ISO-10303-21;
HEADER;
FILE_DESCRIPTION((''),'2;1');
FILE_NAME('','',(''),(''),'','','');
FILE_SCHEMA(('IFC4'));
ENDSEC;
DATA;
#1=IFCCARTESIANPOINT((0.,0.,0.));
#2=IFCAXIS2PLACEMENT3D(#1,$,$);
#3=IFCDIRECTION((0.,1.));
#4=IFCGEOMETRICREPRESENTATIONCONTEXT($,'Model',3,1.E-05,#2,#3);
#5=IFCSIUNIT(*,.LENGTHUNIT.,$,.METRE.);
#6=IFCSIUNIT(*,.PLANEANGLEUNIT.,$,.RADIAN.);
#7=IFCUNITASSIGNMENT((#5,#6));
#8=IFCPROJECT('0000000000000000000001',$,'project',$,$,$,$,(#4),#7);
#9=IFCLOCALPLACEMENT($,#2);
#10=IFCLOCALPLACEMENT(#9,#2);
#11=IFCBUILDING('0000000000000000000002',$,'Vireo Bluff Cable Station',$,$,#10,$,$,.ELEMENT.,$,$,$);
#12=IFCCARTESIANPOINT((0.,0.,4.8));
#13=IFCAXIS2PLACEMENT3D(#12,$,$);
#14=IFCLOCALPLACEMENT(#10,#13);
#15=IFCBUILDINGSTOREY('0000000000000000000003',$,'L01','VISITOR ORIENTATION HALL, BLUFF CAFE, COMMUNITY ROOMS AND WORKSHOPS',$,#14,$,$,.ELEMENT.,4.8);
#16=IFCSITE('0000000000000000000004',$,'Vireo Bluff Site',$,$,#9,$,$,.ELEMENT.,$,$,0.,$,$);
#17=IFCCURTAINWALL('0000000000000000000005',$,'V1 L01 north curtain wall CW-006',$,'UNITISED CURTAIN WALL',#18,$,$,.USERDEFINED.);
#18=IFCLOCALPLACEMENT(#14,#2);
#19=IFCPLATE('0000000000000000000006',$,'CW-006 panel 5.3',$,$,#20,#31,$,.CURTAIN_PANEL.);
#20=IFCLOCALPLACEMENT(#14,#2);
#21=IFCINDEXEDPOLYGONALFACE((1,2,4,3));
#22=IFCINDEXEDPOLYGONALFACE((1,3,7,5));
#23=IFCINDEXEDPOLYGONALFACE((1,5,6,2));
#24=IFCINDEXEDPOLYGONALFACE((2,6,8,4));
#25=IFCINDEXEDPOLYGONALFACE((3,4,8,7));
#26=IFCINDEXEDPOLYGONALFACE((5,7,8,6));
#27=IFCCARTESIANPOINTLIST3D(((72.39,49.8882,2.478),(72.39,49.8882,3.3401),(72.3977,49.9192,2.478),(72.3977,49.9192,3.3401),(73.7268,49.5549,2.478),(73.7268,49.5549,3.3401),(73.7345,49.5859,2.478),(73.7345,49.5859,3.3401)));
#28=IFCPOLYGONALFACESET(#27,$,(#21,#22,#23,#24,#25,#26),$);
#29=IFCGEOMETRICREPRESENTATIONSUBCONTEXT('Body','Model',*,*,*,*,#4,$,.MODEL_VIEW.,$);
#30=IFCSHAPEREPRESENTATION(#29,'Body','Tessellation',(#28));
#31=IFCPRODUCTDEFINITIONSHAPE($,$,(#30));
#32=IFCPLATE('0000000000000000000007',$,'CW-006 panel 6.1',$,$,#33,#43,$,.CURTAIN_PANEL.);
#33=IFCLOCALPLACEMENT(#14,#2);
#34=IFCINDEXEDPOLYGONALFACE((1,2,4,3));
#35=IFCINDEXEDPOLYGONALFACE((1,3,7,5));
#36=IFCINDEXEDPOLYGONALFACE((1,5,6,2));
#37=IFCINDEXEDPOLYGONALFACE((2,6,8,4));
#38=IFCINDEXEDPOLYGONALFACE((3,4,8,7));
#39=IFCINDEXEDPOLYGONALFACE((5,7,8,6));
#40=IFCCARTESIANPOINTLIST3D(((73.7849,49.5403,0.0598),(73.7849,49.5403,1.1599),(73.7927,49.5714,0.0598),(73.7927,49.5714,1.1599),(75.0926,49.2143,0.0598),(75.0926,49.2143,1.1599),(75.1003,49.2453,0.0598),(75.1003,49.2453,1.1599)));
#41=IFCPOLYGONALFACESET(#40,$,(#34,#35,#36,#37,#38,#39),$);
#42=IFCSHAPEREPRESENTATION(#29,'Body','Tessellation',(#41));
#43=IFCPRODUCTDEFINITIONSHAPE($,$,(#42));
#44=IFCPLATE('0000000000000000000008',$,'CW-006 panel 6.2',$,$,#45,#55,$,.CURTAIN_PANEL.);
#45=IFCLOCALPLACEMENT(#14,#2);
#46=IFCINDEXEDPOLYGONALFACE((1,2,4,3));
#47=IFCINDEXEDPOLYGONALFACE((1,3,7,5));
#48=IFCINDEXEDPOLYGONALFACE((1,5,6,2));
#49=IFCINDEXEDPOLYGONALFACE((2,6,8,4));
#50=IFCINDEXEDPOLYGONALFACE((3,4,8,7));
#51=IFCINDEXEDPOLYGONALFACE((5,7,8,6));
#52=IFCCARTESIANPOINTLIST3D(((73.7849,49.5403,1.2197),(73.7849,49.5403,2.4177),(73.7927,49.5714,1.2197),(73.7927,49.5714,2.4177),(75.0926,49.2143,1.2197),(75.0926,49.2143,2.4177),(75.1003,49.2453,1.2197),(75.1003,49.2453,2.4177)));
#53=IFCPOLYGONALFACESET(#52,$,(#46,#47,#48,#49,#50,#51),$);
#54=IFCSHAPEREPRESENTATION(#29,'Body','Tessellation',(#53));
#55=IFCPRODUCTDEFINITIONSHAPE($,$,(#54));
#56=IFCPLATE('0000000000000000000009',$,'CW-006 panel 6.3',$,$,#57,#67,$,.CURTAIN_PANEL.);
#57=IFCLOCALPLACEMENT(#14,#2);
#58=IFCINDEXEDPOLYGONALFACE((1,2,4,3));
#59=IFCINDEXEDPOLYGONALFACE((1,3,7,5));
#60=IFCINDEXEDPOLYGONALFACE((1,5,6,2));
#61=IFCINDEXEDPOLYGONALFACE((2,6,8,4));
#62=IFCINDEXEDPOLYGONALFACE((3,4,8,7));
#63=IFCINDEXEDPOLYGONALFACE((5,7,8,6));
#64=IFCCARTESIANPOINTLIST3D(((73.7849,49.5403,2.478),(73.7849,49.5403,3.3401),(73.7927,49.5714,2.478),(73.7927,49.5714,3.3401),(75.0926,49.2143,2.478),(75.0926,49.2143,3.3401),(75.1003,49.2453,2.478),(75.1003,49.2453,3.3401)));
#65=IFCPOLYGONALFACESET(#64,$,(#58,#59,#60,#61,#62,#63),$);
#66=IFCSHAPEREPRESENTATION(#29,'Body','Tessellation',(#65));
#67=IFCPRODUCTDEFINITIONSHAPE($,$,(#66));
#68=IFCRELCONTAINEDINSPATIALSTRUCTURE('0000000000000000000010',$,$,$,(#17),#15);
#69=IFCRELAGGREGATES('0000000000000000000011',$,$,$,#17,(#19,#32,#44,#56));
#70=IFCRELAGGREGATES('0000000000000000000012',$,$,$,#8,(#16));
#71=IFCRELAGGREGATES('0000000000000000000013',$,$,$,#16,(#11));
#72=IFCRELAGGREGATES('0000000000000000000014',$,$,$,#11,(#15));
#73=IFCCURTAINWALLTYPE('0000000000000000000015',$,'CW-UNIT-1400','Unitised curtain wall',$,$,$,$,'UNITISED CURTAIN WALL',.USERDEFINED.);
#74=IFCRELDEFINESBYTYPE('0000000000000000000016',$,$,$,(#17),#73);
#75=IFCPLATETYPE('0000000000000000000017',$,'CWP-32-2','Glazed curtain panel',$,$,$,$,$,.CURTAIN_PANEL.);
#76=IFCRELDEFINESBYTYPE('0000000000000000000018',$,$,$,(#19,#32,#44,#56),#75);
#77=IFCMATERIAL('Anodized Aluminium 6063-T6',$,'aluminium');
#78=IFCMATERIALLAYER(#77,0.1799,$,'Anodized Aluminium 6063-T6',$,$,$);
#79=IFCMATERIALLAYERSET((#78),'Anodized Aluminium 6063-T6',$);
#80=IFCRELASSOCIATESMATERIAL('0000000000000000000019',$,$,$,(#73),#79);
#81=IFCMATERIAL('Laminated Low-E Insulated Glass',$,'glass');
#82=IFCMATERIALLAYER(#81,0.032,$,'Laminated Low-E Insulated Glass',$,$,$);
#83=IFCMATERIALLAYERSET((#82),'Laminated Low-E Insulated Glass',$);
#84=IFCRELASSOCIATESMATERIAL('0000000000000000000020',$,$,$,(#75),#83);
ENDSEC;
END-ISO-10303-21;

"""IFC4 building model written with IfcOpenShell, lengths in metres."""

from ifc_helpers import new_model, si_unit, direction, frame, origin, origin_2d, place, context, subcontext, project, spatial, rectangle, extrude, material, layer, layer_set, type_object, element, aggregate, save


model = new_model("IFC4")

# Units and contexts
model_context = context("Model", 3, precision=1e-05, world=origin(), true_north=direction((0.0, 1.0)))
body_context = subcontext(model_context, "Body", "Model", "MODEL_VIEW")
ifc_project = project(units=[si_unit("LENGTHUNIT", "METRE"), si_unit("PLANEANGLEUNIT", "RADIAN")], contexts=[model_context])

# Site, building, storey
site_placement = place(None, origin())
site = spatial("IfcSite", under=ifc_project, at=site_placement, Name="Vireo Bluff Site", CompositionType="ELEMENT", RefElevation=0.0)
building_placement = place(site_placement, origin())
building = spatial("IfcBuilding", under=site, at=building_placement, Name="Vireo Bluff Cable Station", CompositionType="ELEMENT")
storey_placement = place(building_placement, frame((0.0, 0.0, 4.8)))
storey = spatial("IfcBuildingStorey", under=building, at=storey_placement, Name="L01", Description="VISITOR ORIENTATION HALL, BLUFF CAFE, COMMUNITY ROOMS AND WORKSHOPS", CompositionType="ELEMENT", Elevation=4.8)

# Curtain wall
ifc_material_1 = material(Name="Anodized Aluminium 6063-T6", Category="aluminium")
ifc_layer_1 = layer(ifc_material_1, 0.1799, Name="Anodized Aluminium 6063-T6")
ifc_layer_set_1 = layer_set([ifc_layer_1], Name="Anodized Aluminium 6063-T6")
curtain_wall_type_1 = type_object("IfcCurtainWallType", Name="CW-UNIT-1400", Description="Unitised curtain wall", ElementType="UNITISED CURTAIN WALL", PredefinedType="USERDEFINED", material=ifc_layer_set_1)
curtain_wall_1_placement = place(storey_placement, origin())
curtain_wall_1 = element("IfcCurtainWall", 1, at=curtain_wall_1_placement, inside=storey, type_object=curtain_wall_type_1, Name="V1 L01 north curtain wall CW-006", ObjectType="UNITISED CURTAIN WALL", PredefinedType="USERDEFINED")

# Plates
ifc_material_2 = material(Name="Laminated Low-E Insulated Glass", Category="glass")
ifc_layer_2 = layer(ifc_material_2, 0.032, Name="Laminated Low-E Insulated Glass")
ifc_layer_set_2 = layer_set([ifc_layer_2], Name="Laminated Low-E Insulated Glass")
plate_type = type_object("IfcPlateType", Name="CWP-32-2", Description="Glazed curtain panel", PredefinedType="CURTAIN_PANEL", material=ifc_layer_set_2)
plate_1_placement = place(storey_placement, frame((73.0623, 49.7371, 2.478), z_axis=(0.0, 0.0, 1.0), x_axis=(0.970296, -0.241922, 0.0)))
plate_1 = element("IfcPlate", 2, at=plate_1_placement, type_object=plate_type, Name="CW-006 panel 5.3", PredefinedType="CURTAIN_PANEL", context=body_context, shape_type="SweptSolid", body=[
    extrude(rectangle(XDim=1.3777, YDim=0.032, at=origin_2d()), origin(), (0.0, 0.0, 1.0), 0.8621),
])
plate_2_placement = place(storey_placement, frame((74.4426, 49.3928, 0.0598), z_axis=(0.0, 0.0, 1.0), x_axis=(0.970296, -0.241922, 0.0)))
plate_2 = element("IfcPlate", 3, at=plate_2_placement, type_object=plate_type, Name="CW-006 panel 6.1", PredefinedType="CURTAIN_PANEL", context=body_context, shape_type="SweptSolid", body=[
    extrude(rectangle(XDim=1.3477, YDim=0.032, at=origin_2d()), origin(), (0.0, 0.0, 1.0), 1.1001),
])
plate_3_placement = place(storey_placement, frame((74.4426, 49.3928, 1.2197), z_axis=(0.0, 0.0, 1.0), x_axis=(0.970296, -0.241922, 0.0)))
plate_3 = element("IfcPlate", 4, at=plate_3_placement, type_object=plate_type, Name="CW-006 panel 6.2", PredefinedType="CURTAIN_PANEL", context=body_context, shape_type="SweptSolid", body=[
    extrude(rectangle(XDim=1.3477, YDim=0.032, at=origin_2d()), origin(), (0.0, 0.0, 1.0), 1.198),
])
plate_4_placement = place(storey_placement, frame((74.4426, 49.3928, 2.478), z_axis=(0.0, 0.0, 1.0), x_axis=(0.970296, -0.241922, 0.0)))
plate_4 = element("IfcPlate", 5, at=plate_4_placement, type_object=plate_type, Name="CW-006 panel 6.3", PredefinedType="CURTAIN_PANEL", context=body_context, shape_type="SweptSolid", body=[
    extrude(rectangle(XDim=1.3477, YDim=0.032, at=origin_2d()), origin(), (0.0, 0.0, 1.0), 0.8621),
])
aggregate(curtain_wall_1, [plate_1, plate_2, plate_3, plate_4])

save(model, "model.ifc")
